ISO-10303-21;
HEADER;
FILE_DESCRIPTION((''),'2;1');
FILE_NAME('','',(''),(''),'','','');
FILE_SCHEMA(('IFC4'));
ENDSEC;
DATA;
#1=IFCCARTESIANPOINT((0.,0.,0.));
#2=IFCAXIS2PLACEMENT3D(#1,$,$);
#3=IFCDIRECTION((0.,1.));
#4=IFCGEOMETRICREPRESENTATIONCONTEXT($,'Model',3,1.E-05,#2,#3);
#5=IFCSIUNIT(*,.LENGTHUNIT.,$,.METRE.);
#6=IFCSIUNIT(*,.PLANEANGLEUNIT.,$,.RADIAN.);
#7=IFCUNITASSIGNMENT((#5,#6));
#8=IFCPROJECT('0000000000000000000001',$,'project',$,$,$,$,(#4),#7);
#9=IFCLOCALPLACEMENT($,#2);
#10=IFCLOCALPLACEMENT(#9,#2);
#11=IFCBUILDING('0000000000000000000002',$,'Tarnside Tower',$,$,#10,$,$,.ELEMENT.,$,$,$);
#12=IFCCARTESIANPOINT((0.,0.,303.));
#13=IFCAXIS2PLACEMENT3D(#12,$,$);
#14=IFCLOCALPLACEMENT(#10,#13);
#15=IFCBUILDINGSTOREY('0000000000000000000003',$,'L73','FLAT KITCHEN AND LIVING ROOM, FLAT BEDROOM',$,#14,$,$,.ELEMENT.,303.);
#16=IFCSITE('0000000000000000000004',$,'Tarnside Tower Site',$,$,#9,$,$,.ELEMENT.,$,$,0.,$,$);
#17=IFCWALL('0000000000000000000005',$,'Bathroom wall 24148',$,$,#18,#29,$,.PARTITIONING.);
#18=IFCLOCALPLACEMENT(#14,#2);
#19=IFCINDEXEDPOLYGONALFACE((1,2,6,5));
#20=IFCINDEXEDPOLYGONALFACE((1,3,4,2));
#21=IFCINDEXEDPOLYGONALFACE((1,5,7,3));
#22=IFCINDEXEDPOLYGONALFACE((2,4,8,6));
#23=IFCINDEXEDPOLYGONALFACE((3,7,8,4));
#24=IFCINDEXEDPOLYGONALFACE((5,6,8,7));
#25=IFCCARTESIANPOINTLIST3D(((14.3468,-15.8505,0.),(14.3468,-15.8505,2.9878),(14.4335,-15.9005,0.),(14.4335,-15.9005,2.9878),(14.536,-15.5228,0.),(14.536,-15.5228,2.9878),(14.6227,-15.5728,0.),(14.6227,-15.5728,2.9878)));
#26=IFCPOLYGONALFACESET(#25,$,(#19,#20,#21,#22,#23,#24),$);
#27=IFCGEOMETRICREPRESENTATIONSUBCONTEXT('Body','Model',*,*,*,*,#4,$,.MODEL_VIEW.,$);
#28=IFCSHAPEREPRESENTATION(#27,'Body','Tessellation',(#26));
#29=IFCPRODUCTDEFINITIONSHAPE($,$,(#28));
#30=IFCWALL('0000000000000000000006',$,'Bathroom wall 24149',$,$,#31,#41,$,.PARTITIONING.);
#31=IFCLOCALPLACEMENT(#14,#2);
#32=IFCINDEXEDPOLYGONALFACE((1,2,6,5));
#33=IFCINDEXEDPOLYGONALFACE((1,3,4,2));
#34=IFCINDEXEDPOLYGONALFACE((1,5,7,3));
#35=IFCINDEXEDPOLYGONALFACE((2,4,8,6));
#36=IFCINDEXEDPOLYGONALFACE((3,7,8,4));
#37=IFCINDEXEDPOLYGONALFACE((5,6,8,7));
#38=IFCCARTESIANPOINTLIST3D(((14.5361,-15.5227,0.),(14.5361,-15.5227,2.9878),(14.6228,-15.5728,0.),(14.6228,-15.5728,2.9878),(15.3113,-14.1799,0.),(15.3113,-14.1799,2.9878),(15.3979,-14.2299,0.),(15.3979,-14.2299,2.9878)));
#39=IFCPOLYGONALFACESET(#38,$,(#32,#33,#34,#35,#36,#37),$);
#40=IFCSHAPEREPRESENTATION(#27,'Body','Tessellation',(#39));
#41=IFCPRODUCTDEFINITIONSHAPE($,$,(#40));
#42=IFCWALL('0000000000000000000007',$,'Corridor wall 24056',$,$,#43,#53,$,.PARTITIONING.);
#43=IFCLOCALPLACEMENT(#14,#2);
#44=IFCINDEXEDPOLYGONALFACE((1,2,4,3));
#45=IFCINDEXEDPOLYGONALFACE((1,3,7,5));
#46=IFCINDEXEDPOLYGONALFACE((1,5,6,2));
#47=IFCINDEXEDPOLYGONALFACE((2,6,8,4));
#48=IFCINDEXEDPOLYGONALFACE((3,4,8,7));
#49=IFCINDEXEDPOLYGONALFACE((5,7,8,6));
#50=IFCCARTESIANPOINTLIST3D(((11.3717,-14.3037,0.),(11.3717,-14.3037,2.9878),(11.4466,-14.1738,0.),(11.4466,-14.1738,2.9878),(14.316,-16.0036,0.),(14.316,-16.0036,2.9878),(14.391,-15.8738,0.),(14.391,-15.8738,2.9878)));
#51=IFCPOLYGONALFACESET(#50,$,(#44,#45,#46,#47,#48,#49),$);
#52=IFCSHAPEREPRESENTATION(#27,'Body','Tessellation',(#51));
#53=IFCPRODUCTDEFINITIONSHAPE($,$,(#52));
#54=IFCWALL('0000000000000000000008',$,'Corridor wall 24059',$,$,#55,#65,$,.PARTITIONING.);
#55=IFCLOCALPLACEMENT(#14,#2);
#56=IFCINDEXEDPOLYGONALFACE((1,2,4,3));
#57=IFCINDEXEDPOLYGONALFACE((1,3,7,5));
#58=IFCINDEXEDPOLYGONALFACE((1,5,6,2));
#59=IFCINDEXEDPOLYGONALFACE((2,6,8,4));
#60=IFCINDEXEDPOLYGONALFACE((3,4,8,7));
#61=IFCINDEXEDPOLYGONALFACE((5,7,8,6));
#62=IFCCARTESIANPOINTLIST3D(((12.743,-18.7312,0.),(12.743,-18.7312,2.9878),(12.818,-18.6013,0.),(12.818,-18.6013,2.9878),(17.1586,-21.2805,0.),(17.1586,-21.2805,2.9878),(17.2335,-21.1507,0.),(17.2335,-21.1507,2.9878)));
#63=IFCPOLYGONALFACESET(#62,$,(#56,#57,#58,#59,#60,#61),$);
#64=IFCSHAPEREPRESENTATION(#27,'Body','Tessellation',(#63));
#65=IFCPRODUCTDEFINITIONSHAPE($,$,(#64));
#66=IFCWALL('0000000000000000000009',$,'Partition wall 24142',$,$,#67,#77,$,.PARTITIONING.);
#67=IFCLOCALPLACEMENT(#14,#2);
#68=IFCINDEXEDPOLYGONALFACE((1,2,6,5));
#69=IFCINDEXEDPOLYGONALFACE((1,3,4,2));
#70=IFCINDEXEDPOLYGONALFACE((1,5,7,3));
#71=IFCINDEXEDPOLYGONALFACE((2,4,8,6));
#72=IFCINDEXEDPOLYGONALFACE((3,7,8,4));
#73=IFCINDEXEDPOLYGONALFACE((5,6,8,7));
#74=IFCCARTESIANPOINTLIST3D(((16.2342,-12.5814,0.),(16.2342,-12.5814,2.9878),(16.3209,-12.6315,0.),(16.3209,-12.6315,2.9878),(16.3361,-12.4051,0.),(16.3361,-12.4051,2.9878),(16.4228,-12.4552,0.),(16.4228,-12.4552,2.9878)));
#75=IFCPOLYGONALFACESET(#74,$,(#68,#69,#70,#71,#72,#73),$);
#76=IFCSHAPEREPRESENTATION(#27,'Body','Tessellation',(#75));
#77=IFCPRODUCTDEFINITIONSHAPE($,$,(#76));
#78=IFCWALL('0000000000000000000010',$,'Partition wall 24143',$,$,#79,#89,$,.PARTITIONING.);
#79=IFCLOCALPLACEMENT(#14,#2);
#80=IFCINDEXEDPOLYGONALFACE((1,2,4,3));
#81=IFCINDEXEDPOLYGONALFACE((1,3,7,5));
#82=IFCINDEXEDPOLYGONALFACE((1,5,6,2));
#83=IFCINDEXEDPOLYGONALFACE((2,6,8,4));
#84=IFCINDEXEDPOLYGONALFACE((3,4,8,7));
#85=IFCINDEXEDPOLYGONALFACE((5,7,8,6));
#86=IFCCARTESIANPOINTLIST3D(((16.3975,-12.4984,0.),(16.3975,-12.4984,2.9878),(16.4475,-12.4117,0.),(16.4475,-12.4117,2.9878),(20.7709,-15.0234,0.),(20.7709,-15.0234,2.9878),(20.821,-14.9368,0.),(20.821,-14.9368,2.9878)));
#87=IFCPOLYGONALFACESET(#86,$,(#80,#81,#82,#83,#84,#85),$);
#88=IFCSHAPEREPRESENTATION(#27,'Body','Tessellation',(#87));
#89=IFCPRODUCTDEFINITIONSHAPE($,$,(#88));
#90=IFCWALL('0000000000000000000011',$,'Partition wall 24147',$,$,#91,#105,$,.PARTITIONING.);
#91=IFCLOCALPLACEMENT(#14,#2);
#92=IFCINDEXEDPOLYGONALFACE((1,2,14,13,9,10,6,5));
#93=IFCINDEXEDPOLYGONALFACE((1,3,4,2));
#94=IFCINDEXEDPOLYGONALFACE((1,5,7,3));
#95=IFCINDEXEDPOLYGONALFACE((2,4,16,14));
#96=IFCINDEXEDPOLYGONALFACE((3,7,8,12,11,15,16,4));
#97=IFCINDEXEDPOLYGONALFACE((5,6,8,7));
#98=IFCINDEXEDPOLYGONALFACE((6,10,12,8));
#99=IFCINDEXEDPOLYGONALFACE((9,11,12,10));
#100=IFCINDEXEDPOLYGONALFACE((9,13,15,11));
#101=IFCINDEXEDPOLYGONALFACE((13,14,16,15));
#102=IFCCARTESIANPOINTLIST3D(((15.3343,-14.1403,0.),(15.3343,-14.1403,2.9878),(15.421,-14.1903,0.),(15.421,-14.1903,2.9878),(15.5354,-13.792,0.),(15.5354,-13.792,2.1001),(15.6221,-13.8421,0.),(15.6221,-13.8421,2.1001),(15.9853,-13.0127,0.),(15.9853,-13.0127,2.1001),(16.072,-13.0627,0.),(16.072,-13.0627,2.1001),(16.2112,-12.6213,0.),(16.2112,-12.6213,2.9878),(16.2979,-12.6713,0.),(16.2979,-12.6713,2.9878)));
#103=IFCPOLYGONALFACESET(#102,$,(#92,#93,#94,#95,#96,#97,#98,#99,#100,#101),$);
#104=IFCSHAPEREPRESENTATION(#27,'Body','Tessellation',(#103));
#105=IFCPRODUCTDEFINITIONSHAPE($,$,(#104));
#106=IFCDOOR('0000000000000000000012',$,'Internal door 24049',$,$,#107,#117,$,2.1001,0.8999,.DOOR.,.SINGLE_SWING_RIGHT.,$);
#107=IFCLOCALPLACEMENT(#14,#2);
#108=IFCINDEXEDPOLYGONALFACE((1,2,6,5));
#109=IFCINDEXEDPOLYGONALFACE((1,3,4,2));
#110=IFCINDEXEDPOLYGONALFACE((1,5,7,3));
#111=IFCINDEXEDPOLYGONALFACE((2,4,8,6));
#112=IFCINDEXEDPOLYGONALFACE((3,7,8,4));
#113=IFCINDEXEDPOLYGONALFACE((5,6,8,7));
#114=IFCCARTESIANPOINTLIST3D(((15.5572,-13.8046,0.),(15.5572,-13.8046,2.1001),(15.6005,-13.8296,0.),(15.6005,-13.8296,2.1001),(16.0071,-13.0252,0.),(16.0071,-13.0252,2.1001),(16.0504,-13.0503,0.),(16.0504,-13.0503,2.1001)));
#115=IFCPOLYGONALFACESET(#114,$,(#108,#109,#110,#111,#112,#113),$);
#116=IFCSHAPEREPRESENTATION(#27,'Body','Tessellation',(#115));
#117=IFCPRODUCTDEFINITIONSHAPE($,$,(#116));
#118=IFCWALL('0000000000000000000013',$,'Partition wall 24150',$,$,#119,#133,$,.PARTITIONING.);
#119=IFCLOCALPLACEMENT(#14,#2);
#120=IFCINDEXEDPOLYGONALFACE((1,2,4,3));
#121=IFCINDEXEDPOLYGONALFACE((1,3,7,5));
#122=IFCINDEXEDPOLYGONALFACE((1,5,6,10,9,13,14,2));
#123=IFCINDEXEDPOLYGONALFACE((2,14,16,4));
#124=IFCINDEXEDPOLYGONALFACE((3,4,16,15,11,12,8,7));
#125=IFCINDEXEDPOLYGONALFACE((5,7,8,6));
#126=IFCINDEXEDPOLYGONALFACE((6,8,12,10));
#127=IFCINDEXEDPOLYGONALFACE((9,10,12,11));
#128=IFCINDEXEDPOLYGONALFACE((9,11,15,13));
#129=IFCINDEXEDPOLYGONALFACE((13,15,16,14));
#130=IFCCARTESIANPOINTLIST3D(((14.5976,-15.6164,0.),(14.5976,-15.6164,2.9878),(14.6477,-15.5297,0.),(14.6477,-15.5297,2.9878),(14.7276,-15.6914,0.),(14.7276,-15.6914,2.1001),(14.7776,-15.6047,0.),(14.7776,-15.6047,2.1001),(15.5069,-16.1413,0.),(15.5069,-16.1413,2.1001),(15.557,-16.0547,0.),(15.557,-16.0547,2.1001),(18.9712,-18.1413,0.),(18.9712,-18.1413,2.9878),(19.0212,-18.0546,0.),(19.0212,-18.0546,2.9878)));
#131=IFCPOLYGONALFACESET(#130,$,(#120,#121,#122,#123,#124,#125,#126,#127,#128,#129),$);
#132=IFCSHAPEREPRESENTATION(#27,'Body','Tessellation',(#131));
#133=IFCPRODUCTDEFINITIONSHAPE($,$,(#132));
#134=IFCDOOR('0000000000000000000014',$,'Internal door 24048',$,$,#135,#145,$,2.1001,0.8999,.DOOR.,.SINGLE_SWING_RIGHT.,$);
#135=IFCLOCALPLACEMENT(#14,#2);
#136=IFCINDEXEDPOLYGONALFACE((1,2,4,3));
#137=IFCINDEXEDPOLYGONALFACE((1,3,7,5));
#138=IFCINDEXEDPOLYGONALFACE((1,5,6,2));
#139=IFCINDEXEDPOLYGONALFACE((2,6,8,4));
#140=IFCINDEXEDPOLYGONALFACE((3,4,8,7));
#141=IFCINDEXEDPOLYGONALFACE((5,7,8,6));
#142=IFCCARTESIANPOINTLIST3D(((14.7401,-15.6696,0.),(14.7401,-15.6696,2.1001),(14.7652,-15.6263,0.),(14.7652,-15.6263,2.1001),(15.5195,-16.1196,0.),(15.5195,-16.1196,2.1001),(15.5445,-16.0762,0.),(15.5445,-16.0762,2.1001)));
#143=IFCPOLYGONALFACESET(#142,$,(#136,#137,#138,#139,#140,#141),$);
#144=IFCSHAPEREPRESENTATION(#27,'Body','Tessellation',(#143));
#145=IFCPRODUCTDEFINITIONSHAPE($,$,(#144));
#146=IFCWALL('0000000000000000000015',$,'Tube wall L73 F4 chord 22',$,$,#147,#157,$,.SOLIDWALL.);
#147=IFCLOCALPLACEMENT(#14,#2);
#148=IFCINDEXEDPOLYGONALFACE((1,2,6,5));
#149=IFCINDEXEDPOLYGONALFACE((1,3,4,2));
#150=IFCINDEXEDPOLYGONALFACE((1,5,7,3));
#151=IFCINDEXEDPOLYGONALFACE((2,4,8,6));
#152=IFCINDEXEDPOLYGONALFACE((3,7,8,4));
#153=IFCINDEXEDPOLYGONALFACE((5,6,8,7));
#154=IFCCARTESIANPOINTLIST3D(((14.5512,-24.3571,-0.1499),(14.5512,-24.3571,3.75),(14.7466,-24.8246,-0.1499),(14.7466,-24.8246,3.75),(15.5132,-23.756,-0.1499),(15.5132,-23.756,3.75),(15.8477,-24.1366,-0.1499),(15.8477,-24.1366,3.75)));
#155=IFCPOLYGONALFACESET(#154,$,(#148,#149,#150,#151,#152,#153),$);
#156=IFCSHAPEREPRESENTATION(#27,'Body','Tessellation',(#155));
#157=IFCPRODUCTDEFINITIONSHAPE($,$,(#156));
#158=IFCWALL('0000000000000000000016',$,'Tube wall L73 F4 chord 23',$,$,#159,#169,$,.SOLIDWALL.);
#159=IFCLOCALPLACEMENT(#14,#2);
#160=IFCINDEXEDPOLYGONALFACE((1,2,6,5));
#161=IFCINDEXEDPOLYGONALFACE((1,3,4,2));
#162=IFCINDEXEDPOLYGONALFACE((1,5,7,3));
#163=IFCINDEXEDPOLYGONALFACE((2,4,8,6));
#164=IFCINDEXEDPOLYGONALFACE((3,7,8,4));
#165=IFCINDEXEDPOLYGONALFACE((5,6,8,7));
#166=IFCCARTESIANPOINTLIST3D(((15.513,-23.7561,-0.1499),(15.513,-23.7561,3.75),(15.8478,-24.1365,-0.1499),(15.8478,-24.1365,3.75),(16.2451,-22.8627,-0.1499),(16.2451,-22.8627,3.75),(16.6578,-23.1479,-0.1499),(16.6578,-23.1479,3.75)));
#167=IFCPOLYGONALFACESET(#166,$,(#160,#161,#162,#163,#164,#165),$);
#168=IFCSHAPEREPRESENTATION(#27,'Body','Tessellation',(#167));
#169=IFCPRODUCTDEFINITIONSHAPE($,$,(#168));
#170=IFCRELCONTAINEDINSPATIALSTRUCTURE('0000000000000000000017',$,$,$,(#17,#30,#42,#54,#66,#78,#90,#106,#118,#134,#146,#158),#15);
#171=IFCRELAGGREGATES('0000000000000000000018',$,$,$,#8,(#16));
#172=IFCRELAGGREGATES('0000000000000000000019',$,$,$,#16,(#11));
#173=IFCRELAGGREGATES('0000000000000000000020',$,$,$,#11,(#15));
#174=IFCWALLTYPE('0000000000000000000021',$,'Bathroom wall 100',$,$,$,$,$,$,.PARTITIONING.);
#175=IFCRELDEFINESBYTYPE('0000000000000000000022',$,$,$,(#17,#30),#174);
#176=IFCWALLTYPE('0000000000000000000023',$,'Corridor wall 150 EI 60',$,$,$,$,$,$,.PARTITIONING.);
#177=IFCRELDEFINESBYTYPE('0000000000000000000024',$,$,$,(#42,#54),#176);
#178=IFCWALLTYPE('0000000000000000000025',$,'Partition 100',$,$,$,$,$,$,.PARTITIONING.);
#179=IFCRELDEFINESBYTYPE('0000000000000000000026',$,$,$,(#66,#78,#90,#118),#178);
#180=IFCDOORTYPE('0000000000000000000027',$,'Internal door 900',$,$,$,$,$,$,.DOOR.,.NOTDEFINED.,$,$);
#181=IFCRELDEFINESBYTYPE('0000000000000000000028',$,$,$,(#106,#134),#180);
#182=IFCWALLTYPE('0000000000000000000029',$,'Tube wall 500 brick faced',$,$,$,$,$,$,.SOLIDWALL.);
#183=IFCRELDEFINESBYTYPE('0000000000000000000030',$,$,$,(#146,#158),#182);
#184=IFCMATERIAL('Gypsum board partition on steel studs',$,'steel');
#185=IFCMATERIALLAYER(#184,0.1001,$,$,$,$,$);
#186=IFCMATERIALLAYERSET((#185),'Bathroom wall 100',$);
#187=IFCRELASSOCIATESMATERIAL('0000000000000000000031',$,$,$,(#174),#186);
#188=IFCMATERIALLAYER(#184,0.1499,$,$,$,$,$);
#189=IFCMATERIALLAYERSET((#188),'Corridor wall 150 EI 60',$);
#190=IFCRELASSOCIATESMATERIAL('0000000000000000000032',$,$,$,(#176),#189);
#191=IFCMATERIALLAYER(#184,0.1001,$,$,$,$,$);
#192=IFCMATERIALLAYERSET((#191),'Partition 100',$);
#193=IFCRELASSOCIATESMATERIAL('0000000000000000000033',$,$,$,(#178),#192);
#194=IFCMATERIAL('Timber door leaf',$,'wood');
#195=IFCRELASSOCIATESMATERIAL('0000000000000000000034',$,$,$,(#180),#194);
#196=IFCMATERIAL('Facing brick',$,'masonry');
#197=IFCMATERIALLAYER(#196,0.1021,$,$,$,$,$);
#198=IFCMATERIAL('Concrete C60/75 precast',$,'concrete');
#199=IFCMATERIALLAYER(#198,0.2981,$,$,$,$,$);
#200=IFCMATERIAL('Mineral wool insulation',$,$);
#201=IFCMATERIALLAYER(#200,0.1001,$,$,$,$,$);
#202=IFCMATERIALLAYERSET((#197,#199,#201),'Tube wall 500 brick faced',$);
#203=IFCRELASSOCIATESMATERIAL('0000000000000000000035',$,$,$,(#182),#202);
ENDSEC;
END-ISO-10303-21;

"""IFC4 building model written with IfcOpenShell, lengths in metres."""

from ifc_helpers import new_model, si_unit, direction, frame, frame_2d, origin, place, context, subcontext, project, spatial, polyline, rectangle, outline, extrude, material, layer, layer_set, type_object, element, fill, save


model = new_model("IFC4")

# Units and contexts
model_context = context("Model", 3, precision=1e-05, world=origin(), true_north=direction((0.0, 1.0)))
body_context = subcontext(model_context, "Body", "Model", "MODEL_VIEW")
ifc_project = project(units=[si_unit("LENGTHUNIT", "METRE"), si_unit("PLANEANGLEUNIT", "RADIAN")], contexts=[model_context])

# Site, building, storey
site_placement = place(None, origin())
site = spatial("IfcSite", under=ifc_project, at=site_placement, Name="Tarnside Tower Site", CompositionType="ELEMENT", RefElevation=0.0)
building_placement = place(site_placement, origin())
building = spatial("IfcBuilding", under=site, at=building_placement, Name="Tarnside Tower", CompositionType="ELEMENT")
storey_placement = place(building_placement, frame((0.0, 0.0, 303.0)))
storey = spatial("IfcBuildingStorey", under=building, at=storey_placement, Name="L73", Description="FLAT KITCHEN AND LIVING ROOM, FLAT BEDROOM", CompositionType="ELEMENT", Elevation=303.0)

# Walls
ifc_material_1 = material(Name="Gypsum board partition on steel studs", Category="steel")
ifc_layer_1 = layer(ifc_material_1, 0.1001)
ifc_layer_set_1 = layer_set([ifc_layer_1], Name="Bathroom wall 100")
wall_type_1 = type_object("IfcWallType", Name="Bathroom wall 100", PredefinedType="PARTITIONING", material=ifc_layer_set_1)
wall_1_placement = place(storey_placement, frame((14.3901, -15.8755, 0.0), z_axis=(0.0, 0.0, 1.0), x_axis=(0.500095, 0.865971, 0.0)))
element("IfcWall", 1, at=wall_1_placement, inside=storey, type_object=wall_type_1, Name="Bathroom wall 24148", PredefinedType="PARTITIONING", context=body_context, shape_type="SweptSolid", body=[
    extrude(rectangle(XDim=0.3784, YDim=0.1001, at=frame_2d((0.1892, 0.0))), origin(), (0.0, 0.0, 1.0), 2.9878),
])
wall_2_placement = place(storey_placement, frame((14.5793, -15.5479, 0.0), z_axis=(0.0, 0.0, 1.0), x_axis=(0.49995, 0.866054, 0.0)))
element("IfcWall", 2, at=wall_2_placement, inside=storey, type_object=wall_type_1, Name="Bathroom wall 24149", PredefinedType="PARTITIONING", context=body_context, shape_type="SweptSolid", body=[
    extrude(rectangle(XDim=1.5505, YDim=0.1001, at=frame_2d((0.7754, 0.0))), origin(), (0.0, 0.0, 1.0), 2.9878),
])
ifc_layer_2 = layer(ifc_material_1, 0.1499)
ifc_layer_set_2 = layer_set([ifc_layer_2], Name="Corridor wall 150 EI 60")
wall_type_2 = type_object("IfcWallType", Name="Corridor wall 150 EI 60", PredefinedType="PARTITIONING", material=ifc_layer_set_2)
wall_3_placement = place(storey_placement, frame((14.3535, -15.9387, 0.0), z_axis=(0.0, 0.0, 1.0), x_axis=(-0.866021, 0.500008, 0.0)))
element("IfcWall", 3, at=wall_3_placement, inside=storey, type_object=wall_type_2, Name="Corridor wall 24056", PredefinedType="PARTITIONING", context=body_context, shape_type="SweptSolid", body=[
    extrude(rectangle(XDim=3.3999, YDim=0.1499, at=frame_2d((1.7, 0.0))), origin(), (0.0, 0.0, 1.0), 2.9878),
])
wall_4_placement = place(storey_placement, frame((17.196, -21.2156, 0.0), z_axis=(0.0, 0.0, 1.0), x_axis=(-0.866025, 0.500002, 0.0)))
element("IfcWall", 4, at=wall_4_placement, inside=storey, type_object=wall_type_2, Name="Corridor wall 24059", PredefinedType="PARTITIONING", context=body_context, shape_type="SweptSolid", body=[
    extrude(rectangle(XDim=5.0986, YDim=0.1499, at=frame_2d((2.5493, 0.0))), origin(), (0.0, 0.0, 1.0), 2.9878),
])
ifc_layer_3 = layer(ifc_material_1, 0.1001)
ifc_layer_set_3 = layer_set([ifc_layer_3], Name="Partition 100")
wall_type_3 = type_object("IfcWallType", Name="Partition 100", PredefinedType="PARTITIONING", material=ifc_layer_set_3)
wall_5_placement = place(storey_placement, frame((16.2776, -12.6064, 0.0), z_axis=(0.0, 0.0, 1.0), x_axis=(0.500138, 0.865946, 0.0)))
element("IfcWall", 5, at=wall_5_placement, inside=storey, type_object=wall_type_3, Name="Partition wall 24142", PredefinedType="PARTITIONING", context=body_context, shape_type="SweptSolid", body=[
    extrude(rectangle(XDim=0.2036, YDim=0.1001, at=frame_2d((0.1018, 0.0))), origin(), (0.0, 0.0, 1.0), 2.9878),
])
wall_6_placement = place(storey_placement, frame((16.4226, -12.4551, 0.0), z_axis=(0.0, 0.0, 1.0), x_axis=(0.866018, -0.500013, 0.0)))
element("IfcWall", 6, at=wall_6_placement, inside=storey, type_object=wall_type_3, Name="Partition wall 24143", PredefinedType="PARTITIONING", context=body_context, shape_type="SweptSolid", body=[
    extrude(rectangle(XDim=5.05, YDim=0.1001, at=frame_2d((2.5249, 0.0))), origin(), (0.0, 0.0, 1.0), 2.9878),
])

# Walls, openings, doors
wall_7_placement = place(storey_placement, frame((15.3777, -14.1653, 0.0), z_axis=(0.0, 0.0, 1.0), x_axis=(0.499971, 0.866042, 0.0)))
wall_7 = element("IfcWall", 7, at=wall_7_placement, inside=storey, type_object=wall_type_3, Name="Partition wall 24147", PredefinedType="PARTITIONING", context=body_context, shape_type="SweptSolid", body=[
    extrude(rectangle(XDim=1.7539, YDim=0.1001, at=frame_2d((0.877, 0.0))), origin(), (0.0, 0.0, 1.0), 2.9878),
])
opening_1_placement = place(wall_7_placement, frame((0.4021, 0.0, 0.0)))
opening_1 = element("IfcOpeningElement", 8, at=opening_1_placement, cuts=wall_7, PredefinedType="OPENING", context=body_context, shape_type="SweptSolid", body=[
    extrude(rectangle(XDim=0.8999, YDim=2.1001, at=frame_2d((0.45, 1.05))), frame((0.0, 0.0601, 0.0), z_axis=(0.0, -1.0, 0.0), x_axis=(1.0, 0.0, 0.0)), (0.0, 0.0, 1.0), 0.1201),
])
ifc_material_2 = material(Name="Timber door leaf", Category="wood")
door_type = type_object("IfcDoorType", Name="Internal door 900", OperationType="NOTDEFINED", PredefinedType="DOOR", material=ifc_material_2)
door_1_placement = place(opening_1_placement, origin())
door_1 = element("IfcDoor", 9, at=door_1_placement, inside=storey, type_object=door_type, Name="Internal door 24049", OperationType="SINGLE_SWING_RIGHT", OverallHeight=2.1001, OverallWidth=0.8999, PredefinedType="DOOR", context=body_context, shape_type="SweptSolid", body=[
    extrude(rectangle(XDim=0.8999, YDim=2.1001, at=frame_2d((0.45, 1.05))), frame((0.0, 0.0249, 0.0), z_axis=(0.0, -1.0, 0.0), x_axis=(1.0, 0.0, 0.0)), (0.0, 0.0, 1.0), 0.05),
])
fill(opening_1, door_1)
wall_8_placement = place(storey_placement, frame((18.9961, -18.0979, 0.0), z_axis=(0.0, 0.0, 1.0), x_axis=(-0.866039, 0.499976, 0.0)))
wall_8 = element("IfcWall", 10, at=wall_8_placement, inside=storey, type_object=wall_type_3, Name="Partition wall 24150", PredefinedType="PARTITIONING", context=body_context, shape_type="SweptSolid", body=[
    extrude(rectangle(XDim=5.05, YDim=0.1001, at=frame_2d((2.5249, 0.0))), origin(), (0.0, 0.0, 1.0), 2.9878),
])
opening_2_placement = place(wall_8_placement, frame((4.0, 0.0, 0.0)))
opening_2 = element("IfcOpeningElement", 11, at=opening_2_placement, cuts=wall_8, PredefinedType="OPENING", context=body_context, shape_type="SweptSolid", body=[
    extrude(rectangle(XDim=0.8999, YDim=2.1001, at=frame_2d((0.45, 1.05))), frame((0.0, 0.0601, 0.0), z_axis=(0.0, -1.0, 0.0), x_axis=(1.0, 0.0, 0.0)), (0.0, 0.0, 1.0), 0.1201),
])
door_2_placement = place(opening_2_placement, origin())
door_2 = element("IfcDoor", 12, at=door_2_placement, inside=storey, type_object=door_type, Name="Internal door 24048", OperationType="SINGLE_SWING_RIGHT", OverallHeight=2.1001, OverallWidth=0.8999, PredefinedType="DOOR", context=body_context, shape_type="SweptSolid", body=[
    extrude(rectangle(XDim=0.8999, YDim=2.1001, at=frame_2d((0.45, 1.05))), frame((0.0, 0.0249, 0.0), z_axis=(0.0, -1.0, 0.0), x_axis=(1.0, 0.0, 0.0)), (0.0, 0.0, 1.0), 0.05),
])
fill(opening_2, door_2)

# Walls
ifc_material_3 = material(Name="Facing brick", Category="masonry")
ifc_layer_4 = layer(ifc_material_3, 0.1021)
ifc_material_4 = material(Name="Concrete C60/75 precast", Category="concrete")
ifc_layer_5 = layer(ifc_material_4, 0.2981)
ifc_material_5 = material(Name="Mineral wool insulation")
ifc_layer_6 = layer(ifc_material_5, 0.1001)
ifc_layer_set_4 = layer_set([ifc_layer_4, ifc_layer_5, ifc_layer_6], Name="Tube wall 500 brick faced")
wall_type_4 = type_object("IfcWallType", Name="Tube wall 500 brick faced", PredefinedType="SOLIDWALL", material=ifc_layer_set_4)
wall_9_placement = place(storey_placement, frame((14.6489, -24.5908, -0.1499), z_axis=(0.0, 0.0, 1.0), x_axis=(0.848055, 0.529909, 0.0)))
element("IfcWall", 13, at=wall_9_placement, inside=storey, type_object=wall_type_4, Name="Tube wall L73 F4 chord 22", PredefinedType="SOLIDWALL", context=body_context, shape_type="SweptSolid", body=[
    extrude(outline(polyline([(-0.041, -0.25), (1.2573, -0.25), (1.1753, 0.25), (0.041, 0.25), (-0.041, -0.25)])), origin(), (0.0, 0.0, 1.0), 3.8999),
])
wall_10_placement = place(storey_placement, frame((15.6804, -23.9463, -0.1499), z_axis=(0.0, 0.0, 1.0), x_axis=(0.633806, 0.773492, 0.0)))
element("IfcWall", 14, at=wall_10_placement, inside=storey, type_object=wall_type_4, Name="Tube wall L73 F4 chord 23", PredefinedType="SOLIDWALL", context=body_context, shape_type="SweptSolid", body=[
    extrude(outline(polyline([(-0.041, -0.25), (1.2371, -0.25), (1.196, 0.25), (0.041, 0.25), (-0.041, -0.25)])), origin(), (0.0, 0.0, 1.0), 3.8999),
])

save(model, "model.ifc")
